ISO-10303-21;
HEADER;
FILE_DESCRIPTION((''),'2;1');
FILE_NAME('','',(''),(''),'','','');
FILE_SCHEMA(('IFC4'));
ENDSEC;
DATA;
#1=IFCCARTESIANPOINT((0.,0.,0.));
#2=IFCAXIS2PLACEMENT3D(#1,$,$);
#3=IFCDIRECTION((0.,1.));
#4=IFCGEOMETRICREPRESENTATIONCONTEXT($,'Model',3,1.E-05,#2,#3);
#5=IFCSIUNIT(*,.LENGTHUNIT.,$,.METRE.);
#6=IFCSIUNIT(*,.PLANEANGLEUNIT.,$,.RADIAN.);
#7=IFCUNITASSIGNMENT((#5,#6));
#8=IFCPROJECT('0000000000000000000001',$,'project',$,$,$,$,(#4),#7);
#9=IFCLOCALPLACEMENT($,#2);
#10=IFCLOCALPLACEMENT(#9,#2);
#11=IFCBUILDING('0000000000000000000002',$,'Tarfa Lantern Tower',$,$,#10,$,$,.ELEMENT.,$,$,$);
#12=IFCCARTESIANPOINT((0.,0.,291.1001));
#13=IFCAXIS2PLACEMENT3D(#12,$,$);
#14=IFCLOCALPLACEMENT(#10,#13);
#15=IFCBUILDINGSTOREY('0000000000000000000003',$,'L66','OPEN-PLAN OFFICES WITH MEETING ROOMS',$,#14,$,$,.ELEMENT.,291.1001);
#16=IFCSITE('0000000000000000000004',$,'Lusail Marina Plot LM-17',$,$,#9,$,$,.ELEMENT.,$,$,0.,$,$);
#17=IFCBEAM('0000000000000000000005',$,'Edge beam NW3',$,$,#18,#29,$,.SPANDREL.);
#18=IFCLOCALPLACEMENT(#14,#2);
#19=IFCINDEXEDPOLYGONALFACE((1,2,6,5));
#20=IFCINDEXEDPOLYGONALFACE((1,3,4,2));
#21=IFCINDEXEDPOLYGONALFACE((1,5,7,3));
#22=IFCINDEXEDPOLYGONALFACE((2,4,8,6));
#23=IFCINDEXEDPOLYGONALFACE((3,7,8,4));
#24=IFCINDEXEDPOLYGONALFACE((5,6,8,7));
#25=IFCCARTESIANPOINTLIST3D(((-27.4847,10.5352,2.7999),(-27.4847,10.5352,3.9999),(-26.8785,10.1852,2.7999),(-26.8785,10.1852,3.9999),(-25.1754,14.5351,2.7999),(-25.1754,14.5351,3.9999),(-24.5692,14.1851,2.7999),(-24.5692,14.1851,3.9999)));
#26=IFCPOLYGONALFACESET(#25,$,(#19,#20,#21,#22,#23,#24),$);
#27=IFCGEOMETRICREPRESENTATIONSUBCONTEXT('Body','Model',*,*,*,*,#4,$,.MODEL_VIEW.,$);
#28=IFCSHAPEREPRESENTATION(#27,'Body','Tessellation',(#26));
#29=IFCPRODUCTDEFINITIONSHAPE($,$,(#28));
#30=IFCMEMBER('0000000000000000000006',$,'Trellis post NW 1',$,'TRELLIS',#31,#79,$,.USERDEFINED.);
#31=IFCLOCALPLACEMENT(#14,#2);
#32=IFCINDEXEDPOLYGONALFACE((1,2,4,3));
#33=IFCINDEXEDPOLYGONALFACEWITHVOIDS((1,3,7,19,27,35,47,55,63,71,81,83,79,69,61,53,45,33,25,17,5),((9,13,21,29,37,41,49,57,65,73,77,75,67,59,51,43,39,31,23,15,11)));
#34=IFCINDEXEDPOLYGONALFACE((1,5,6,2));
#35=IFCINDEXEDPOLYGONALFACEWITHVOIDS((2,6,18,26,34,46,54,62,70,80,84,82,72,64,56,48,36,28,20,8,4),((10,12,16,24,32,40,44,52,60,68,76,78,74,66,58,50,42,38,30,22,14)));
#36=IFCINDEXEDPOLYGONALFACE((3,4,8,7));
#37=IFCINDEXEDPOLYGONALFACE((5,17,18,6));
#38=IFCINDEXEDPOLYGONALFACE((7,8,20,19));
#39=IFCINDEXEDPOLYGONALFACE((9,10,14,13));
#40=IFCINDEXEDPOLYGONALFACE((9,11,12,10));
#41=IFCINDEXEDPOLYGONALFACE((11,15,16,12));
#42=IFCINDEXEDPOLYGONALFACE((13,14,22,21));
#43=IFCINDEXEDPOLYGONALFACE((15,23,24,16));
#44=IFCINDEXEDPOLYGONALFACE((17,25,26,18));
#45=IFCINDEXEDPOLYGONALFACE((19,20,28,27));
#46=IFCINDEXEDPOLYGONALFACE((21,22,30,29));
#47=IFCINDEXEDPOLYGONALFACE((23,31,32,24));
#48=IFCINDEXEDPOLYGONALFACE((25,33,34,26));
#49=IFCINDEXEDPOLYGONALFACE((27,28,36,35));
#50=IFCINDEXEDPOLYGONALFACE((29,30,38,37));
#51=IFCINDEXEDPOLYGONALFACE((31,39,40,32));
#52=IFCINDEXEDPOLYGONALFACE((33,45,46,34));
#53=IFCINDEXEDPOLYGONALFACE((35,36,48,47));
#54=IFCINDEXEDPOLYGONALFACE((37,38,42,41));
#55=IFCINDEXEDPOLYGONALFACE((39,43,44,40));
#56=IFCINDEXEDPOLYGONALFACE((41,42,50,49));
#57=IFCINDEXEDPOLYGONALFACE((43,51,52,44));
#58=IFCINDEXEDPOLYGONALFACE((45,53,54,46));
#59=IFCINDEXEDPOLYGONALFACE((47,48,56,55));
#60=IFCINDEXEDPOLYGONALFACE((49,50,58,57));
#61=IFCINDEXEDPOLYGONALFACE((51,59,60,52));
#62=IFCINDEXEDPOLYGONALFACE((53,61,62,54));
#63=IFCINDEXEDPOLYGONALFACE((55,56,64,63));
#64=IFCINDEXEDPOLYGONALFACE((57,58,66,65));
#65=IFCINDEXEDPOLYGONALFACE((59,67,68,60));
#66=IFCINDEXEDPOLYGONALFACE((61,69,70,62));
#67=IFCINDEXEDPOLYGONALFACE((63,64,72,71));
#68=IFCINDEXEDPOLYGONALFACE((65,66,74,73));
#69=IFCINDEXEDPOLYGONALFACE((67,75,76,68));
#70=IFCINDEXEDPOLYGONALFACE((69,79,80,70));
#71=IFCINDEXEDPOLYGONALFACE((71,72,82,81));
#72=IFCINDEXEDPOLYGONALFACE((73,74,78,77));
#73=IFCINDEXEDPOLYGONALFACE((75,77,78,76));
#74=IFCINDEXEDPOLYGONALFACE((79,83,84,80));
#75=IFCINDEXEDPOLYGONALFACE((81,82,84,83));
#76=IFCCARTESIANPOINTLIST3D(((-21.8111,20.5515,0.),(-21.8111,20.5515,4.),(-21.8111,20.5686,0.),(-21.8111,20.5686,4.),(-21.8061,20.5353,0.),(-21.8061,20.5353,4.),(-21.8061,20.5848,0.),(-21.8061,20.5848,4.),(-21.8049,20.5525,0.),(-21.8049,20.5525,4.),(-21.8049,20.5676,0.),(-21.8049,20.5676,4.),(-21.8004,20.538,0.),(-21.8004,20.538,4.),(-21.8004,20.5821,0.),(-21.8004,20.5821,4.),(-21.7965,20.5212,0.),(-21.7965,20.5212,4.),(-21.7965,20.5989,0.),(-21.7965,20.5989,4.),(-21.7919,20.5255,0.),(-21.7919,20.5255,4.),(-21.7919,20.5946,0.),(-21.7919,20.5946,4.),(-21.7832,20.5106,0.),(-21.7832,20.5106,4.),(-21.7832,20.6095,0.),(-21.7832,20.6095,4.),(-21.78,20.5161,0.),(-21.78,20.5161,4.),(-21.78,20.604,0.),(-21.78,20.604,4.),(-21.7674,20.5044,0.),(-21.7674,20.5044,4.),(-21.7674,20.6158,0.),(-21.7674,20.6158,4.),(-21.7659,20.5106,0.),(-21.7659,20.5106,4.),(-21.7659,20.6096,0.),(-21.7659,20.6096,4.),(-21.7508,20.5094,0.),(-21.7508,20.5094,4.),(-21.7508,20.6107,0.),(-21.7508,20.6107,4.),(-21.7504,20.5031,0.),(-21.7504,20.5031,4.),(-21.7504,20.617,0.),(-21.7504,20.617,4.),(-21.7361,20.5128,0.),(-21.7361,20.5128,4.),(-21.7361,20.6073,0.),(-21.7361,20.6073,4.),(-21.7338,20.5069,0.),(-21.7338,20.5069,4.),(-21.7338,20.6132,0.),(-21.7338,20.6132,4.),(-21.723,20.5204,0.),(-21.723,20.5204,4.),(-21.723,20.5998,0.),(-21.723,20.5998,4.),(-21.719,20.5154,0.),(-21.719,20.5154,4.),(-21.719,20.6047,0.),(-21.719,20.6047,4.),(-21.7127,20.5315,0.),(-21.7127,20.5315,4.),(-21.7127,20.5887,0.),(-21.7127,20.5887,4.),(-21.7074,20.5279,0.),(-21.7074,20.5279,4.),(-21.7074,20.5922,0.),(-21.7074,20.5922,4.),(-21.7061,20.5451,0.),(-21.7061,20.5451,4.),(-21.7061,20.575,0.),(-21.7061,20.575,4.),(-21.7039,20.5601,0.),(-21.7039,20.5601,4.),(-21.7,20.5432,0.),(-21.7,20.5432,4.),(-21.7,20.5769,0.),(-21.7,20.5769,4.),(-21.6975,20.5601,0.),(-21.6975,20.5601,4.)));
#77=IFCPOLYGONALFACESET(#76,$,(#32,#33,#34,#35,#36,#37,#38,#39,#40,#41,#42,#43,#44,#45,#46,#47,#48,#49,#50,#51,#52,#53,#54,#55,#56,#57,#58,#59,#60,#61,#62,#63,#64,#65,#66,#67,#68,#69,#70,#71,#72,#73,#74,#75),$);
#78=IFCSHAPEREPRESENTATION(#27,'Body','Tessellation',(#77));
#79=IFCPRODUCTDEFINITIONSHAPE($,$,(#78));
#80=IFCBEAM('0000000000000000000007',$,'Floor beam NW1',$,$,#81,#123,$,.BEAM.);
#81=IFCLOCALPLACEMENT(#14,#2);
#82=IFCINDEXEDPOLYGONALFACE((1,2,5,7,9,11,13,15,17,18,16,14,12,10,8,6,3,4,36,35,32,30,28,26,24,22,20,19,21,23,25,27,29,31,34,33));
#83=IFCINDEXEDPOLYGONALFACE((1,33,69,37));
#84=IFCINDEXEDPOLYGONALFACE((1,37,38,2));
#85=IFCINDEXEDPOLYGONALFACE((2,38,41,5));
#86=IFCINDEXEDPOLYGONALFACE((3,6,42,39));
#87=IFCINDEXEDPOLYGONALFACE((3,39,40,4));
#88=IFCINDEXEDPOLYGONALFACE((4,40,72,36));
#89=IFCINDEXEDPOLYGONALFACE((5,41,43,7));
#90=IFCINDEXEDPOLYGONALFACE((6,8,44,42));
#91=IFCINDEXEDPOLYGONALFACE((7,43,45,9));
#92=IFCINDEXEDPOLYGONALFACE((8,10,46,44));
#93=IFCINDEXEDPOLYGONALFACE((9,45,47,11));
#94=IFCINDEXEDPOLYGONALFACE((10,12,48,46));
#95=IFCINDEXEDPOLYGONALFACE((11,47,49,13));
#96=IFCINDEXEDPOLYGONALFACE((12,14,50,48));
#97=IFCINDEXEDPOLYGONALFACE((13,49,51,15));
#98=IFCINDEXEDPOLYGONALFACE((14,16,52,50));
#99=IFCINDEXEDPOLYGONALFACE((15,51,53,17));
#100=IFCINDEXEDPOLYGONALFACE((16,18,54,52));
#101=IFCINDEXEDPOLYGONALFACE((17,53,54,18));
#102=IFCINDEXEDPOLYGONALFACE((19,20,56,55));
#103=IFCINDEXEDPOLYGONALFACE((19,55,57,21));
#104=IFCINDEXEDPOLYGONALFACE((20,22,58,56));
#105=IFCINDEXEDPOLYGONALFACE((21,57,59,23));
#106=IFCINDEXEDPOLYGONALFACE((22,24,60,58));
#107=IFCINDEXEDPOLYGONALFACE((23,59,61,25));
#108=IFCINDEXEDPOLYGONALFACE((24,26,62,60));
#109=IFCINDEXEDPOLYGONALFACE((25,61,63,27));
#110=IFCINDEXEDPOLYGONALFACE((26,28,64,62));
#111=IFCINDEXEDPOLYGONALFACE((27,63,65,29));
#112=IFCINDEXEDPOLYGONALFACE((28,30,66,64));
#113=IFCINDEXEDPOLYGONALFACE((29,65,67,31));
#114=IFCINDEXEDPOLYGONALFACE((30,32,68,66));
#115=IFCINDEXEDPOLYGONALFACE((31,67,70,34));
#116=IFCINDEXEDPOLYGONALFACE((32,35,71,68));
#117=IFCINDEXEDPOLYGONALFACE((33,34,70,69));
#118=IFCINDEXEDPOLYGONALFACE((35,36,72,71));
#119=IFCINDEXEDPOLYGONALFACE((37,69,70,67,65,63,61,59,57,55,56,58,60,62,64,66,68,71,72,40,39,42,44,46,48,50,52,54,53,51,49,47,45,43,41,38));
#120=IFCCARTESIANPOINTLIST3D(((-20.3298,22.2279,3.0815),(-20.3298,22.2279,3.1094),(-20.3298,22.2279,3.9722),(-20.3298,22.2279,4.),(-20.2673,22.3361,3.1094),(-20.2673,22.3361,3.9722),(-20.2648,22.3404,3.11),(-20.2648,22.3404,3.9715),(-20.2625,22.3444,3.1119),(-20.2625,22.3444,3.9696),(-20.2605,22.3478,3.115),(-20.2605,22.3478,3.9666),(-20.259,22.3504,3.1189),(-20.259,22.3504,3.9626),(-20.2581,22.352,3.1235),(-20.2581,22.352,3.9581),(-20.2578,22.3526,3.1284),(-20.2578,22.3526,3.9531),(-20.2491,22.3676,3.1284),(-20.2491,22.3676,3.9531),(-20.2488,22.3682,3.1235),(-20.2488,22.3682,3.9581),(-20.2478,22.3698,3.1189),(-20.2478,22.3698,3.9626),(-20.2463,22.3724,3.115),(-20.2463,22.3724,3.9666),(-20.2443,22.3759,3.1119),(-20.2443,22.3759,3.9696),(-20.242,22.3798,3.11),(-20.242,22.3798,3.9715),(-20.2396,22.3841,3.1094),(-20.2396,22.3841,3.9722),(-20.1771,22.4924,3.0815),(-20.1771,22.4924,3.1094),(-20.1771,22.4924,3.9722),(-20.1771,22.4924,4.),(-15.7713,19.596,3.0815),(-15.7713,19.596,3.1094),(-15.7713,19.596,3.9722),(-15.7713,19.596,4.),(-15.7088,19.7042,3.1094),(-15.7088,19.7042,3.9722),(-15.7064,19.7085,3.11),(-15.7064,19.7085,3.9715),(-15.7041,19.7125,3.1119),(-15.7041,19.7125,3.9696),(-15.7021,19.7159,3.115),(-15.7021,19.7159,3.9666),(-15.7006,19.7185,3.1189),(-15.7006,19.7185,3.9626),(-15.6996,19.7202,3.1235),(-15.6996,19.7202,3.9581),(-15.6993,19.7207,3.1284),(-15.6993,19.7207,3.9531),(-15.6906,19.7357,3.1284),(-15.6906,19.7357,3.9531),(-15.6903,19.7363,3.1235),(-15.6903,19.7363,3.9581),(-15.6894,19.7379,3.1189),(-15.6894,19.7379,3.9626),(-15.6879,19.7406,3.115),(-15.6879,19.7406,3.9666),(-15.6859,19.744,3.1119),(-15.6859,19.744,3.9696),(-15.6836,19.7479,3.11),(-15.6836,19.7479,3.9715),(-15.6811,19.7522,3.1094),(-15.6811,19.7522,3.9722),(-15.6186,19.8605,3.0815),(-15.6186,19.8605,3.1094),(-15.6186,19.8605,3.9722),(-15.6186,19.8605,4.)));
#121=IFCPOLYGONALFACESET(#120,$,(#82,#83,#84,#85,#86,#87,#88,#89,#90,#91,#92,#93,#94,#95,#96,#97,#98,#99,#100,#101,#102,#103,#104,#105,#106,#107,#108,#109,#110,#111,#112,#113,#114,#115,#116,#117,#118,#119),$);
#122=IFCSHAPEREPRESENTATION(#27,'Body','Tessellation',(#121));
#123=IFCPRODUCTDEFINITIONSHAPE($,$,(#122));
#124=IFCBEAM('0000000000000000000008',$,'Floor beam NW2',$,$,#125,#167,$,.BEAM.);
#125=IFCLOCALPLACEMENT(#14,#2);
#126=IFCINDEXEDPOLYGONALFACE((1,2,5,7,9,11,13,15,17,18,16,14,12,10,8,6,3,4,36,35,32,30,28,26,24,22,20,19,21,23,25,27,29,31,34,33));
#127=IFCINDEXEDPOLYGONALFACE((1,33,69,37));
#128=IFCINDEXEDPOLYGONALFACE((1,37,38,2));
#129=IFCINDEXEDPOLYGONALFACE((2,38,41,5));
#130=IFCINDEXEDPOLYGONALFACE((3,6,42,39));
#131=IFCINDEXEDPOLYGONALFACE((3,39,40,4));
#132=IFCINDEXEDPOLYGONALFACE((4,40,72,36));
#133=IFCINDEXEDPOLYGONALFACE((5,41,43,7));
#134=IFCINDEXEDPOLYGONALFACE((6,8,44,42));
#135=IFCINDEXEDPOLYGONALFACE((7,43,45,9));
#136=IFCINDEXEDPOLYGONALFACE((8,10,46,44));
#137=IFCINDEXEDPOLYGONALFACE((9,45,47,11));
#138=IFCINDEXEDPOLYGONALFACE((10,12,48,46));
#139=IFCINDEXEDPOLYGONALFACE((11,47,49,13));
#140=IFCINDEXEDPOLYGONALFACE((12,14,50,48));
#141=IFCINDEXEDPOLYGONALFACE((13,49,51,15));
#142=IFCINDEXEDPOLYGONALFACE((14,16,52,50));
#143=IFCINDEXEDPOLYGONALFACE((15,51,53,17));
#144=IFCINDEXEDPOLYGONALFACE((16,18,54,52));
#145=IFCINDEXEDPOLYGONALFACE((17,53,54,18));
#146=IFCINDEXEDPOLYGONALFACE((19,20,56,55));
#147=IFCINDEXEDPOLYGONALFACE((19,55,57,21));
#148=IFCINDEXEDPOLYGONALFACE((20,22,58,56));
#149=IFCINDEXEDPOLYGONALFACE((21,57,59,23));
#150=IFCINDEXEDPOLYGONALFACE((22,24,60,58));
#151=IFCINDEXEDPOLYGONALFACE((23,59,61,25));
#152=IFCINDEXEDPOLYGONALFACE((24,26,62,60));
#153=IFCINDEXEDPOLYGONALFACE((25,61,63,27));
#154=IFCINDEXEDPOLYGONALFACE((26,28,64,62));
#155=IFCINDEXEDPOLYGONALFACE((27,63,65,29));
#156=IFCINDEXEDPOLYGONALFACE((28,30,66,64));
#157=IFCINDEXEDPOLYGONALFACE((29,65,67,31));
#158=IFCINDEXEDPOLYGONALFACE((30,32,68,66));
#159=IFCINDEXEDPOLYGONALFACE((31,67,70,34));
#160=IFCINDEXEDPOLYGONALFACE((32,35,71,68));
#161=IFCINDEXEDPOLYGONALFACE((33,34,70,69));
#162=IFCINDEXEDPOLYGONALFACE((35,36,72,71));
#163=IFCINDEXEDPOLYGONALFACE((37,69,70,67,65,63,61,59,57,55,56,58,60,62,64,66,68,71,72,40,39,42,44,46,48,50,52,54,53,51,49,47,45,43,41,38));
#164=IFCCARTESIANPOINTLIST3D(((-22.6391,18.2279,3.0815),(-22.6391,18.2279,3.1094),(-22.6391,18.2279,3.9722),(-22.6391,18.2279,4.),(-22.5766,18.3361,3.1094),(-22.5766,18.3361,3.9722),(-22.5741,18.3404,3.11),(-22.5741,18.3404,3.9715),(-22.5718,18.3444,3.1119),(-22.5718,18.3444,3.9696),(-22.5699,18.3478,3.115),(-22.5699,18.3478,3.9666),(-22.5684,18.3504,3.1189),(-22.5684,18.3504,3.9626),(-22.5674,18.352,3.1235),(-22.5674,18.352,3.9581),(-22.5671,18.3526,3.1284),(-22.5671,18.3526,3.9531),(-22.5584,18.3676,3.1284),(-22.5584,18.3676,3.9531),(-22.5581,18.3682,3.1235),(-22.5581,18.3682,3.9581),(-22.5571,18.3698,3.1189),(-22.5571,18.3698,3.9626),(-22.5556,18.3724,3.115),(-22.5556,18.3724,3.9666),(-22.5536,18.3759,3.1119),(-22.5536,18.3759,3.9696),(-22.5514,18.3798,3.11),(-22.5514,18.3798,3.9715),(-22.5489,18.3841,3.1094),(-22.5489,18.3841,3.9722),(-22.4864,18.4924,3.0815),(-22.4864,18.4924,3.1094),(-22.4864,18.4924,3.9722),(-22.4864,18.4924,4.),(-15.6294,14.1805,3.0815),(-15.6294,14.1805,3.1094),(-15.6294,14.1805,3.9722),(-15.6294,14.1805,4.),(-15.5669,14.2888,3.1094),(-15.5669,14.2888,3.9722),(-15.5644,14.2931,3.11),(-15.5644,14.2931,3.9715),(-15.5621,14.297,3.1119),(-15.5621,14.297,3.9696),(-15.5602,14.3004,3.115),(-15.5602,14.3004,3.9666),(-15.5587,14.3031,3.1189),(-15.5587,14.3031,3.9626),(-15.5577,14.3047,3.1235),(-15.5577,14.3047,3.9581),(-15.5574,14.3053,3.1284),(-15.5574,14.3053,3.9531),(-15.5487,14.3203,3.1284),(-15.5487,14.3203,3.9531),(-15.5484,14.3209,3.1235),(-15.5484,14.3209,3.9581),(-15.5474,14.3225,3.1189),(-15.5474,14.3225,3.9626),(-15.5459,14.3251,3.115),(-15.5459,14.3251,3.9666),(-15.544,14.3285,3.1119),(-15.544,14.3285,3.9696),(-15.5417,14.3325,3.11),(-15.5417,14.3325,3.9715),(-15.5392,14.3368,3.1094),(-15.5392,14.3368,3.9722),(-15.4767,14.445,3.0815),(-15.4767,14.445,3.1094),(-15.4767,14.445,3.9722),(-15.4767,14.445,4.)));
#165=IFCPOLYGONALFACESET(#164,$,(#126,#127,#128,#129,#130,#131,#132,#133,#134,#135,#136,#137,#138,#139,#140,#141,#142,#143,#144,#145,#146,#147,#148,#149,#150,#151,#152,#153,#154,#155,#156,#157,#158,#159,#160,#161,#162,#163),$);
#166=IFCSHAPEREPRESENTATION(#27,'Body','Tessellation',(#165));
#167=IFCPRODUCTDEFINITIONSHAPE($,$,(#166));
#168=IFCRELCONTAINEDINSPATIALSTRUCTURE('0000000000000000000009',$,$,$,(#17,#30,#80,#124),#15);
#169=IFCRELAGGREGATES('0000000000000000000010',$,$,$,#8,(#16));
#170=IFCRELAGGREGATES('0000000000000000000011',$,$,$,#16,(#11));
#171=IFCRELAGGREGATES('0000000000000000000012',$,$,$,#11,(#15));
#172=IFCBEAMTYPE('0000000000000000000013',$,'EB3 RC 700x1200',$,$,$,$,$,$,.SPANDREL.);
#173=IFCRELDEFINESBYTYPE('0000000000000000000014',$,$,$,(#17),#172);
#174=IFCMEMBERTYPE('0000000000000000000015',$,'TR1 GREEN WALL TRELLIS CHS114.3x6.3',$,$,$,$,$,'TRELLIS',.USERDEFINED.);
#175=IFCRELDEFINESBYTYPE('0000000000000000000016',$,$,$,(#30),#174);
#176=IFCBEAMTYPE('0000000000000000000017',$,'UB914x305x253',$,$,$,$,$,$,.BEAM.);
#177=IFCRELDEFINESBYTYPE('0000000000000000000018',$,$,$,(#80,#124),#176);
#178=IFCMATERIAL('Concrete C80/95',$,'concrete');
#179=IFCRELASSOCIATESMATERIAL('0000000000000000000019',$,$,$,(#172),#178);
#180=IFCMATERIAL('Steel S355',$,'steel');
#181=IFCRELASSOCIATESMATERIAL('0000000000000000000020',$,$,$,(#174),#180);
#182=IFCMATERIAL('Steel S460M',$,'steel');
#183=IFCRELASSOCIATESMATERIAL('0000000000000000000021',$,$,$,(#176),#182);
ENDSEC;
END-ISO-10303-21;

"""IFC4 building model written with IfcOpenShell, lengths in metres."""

from ifc_helpers import new_model, si_unit, direction, frame, origin, origin_2d, place, context, subcontext, project, spatial, rectangle, hollow_circle, i_section, extrude, material, material_profile, profile_set, type_object, element, save


model = new_model("IFC4")

# Units and contexts
model_context = context("Model", 3, precision=1e-05, world=origin(), true_north=direction((0.0, 1.0)))
body_context = subcontext(model_context, "Body", "Model", "MODEL_VIEW")
ifc_project = project(units=[si_unit("LENGTHUNIT", "METRE"), si_unit("PLANEANGLEUNIT", "RADIAN")], contexts=[model_context])

# Site, building, storey
site_placement = place(None, origin())
site = spatial("IfcSite", under=ifc_project, at=site_placement, Name="Lusail Marina Plot LM-17", CompositionType="ELEMENT", RefElevation=0.0)
building_placement = place(site_placement, origin())
building = spatial("IfcBuilding", under=site, at=building_placement, Name="Tarfa Lantern Tower", CompositionType="ELEMENT")
storey_placement = place(building_placement, frame((0.0, 0.0, 291.1001)))
storey = spatial("IfcBuildingStorey", under=building, at=storey_placement, Name="L66", Description="OPEN-PLAN OFFICES WITH MEETING ROOMS", CompositionType="ELEMENT", Elevation=291.1001)

# Shared definitions
ifc_material_1 = material(Name="Concrete C80/95", Category="concrete")

# Beam
ifc_material_profile_1 = material_profile(ifc_material_1, rectangle(XDim=0.7, YDim=1.2, at=origin_2d()), Name="RC 700x1200")
ifc_profile_set_1 = profile_set([ifc_material_profile_1], Name="Concrete C80/95")
beam_type_1 = type_object("IfcBeamType", Name="EB3 RC 700x1200", PredefinedType="SPANDREL", material=ifc_profile_set_1)
beam_1_placement = place(storey_placement, frame((-24.8723, 14.3601, 3.3999), z_axis=(-0.499988, -0.866032, 0.0), x_axis=(0.866032, -0.499988, 0.0)))
element("IfcBeam", 1, at=beam_1_placement, inside=storey, type_object=beam_type_1, Name="Edge beam NW3", PredefinedType="SPANDREL", context=body_context, shape_type="SweptSolid", body=[
    extrude(rectangle(XDim=0.7, YDim=1.2, at=origin_2d()), origin(), (0.0, 0.0, 1.0), 4.6187),
])

# Member
ifc_material_2 = material(Name="Steel S355", Category="steel")
ifc_material_profile_2 = material_profile(ifc_material_2, hollow_circle(Radius=0.0571, WallThickness=0.0063, at=origin_2d()), Name="CHS114.3x6.3")
ifc_profile_set_2 = profile_set([ifc_material_profile_2], Name="Steel S355")
member_type_1 = type_object("IfcMemberType", Name="TR1 GREEN WALL TRELLIS CHS114.3x6.3", ElementType="TRELLIS", PredefinedType="USERDEFINED", material=ifc_profile_set_2)
member_1_placement = place(storey_placement, frame((-21.7546, 20.5601, 0.0), z_axis=(0.0, 0.0, 1.0), x_axis=(1.0, 0.0, 0.0)))
element("IfcMember", 2, at=member_1_placement, inside=storey, type_object=member_type_1, Name="Trellis post NW 1", ObjectType="TRELLIS", PredefinedType="USERDEFINED", context=body_context, shape_type="SweptSolid", body=[
    extrude(hollow_circle(Radius=0.0571, WallThickness=0.0063, at=origin_2d()), origin(), (0.0, 0.0, 1.0), 4.0),
])

# Beams
ifc_material_3 = material(Name="Steel S460M", Category="steel")
ifc_material_profile_3 = material_profile(ifc_material_3, i_section(OverallWidth=0.3054, OverallDepth=0.9185, WebThickness=0.0173, FlangeThickness=0.0278, FilletRadius=0.019, at=origin_2d()), Name="UB914x305x253")
ifc_profile_set_3 = profile_set([ifc_material_profile_3], Name="Steel S460M")
beam_type_2 = type_object("IfcBeamType", Name="UB914x305x253", PredefinedType="BEAM", material=ifc_profile_set_3)
beam_2_placement = place(storey_placement, frame((-20.2534, 22.3601, 3.5408), z_axis=(0.86602, -0.50001, 0.0), x_axis=(0.50001, 0.86602, 0.0)))
element("IfcBeam", 3, at=beam_2_placement, inside=storey, type_object=beam_type_2, Name="Floor beam NW1", PredefinedType="BEAM", context=body_context, shape_type="SweptSolid", body=[
    extrude(i_section(OverallWidth=0.3054, OverallDepth=0.9185, WebThickness=0.0173, FlangeThickness=0.0278, FilletRadius=0.019, at=origin_2d()), origin(), (0.0, 0.0, 1.0), 5.2637),
])
beam_3_placement = place(storey_placement, frame((-22.5627, 18.3601, 3.5408), z_axis=(0.866011, -0.500025, 0.0), x_axis=(0.500025, 0.866011, 0.0)))
element("IfcBeam", 4, at=beam_3_placement, inside=storey, type_object=beam_type_2, Name="Floor beam NW2", PredefinedType="BEAM", context=body_context, shape_type="SweptSolid", body=[
    extrude(i_section(OverallWidth=0.3054, OverallDepth=0.9185, WebThickness=0.0173, FlangeThickness=0.0278, FilletRadius=0.019, at=origin_2d()), origin(), (0.0, 0.0, 1.0), 8.0942),
])

save(model, "model.ifc")
